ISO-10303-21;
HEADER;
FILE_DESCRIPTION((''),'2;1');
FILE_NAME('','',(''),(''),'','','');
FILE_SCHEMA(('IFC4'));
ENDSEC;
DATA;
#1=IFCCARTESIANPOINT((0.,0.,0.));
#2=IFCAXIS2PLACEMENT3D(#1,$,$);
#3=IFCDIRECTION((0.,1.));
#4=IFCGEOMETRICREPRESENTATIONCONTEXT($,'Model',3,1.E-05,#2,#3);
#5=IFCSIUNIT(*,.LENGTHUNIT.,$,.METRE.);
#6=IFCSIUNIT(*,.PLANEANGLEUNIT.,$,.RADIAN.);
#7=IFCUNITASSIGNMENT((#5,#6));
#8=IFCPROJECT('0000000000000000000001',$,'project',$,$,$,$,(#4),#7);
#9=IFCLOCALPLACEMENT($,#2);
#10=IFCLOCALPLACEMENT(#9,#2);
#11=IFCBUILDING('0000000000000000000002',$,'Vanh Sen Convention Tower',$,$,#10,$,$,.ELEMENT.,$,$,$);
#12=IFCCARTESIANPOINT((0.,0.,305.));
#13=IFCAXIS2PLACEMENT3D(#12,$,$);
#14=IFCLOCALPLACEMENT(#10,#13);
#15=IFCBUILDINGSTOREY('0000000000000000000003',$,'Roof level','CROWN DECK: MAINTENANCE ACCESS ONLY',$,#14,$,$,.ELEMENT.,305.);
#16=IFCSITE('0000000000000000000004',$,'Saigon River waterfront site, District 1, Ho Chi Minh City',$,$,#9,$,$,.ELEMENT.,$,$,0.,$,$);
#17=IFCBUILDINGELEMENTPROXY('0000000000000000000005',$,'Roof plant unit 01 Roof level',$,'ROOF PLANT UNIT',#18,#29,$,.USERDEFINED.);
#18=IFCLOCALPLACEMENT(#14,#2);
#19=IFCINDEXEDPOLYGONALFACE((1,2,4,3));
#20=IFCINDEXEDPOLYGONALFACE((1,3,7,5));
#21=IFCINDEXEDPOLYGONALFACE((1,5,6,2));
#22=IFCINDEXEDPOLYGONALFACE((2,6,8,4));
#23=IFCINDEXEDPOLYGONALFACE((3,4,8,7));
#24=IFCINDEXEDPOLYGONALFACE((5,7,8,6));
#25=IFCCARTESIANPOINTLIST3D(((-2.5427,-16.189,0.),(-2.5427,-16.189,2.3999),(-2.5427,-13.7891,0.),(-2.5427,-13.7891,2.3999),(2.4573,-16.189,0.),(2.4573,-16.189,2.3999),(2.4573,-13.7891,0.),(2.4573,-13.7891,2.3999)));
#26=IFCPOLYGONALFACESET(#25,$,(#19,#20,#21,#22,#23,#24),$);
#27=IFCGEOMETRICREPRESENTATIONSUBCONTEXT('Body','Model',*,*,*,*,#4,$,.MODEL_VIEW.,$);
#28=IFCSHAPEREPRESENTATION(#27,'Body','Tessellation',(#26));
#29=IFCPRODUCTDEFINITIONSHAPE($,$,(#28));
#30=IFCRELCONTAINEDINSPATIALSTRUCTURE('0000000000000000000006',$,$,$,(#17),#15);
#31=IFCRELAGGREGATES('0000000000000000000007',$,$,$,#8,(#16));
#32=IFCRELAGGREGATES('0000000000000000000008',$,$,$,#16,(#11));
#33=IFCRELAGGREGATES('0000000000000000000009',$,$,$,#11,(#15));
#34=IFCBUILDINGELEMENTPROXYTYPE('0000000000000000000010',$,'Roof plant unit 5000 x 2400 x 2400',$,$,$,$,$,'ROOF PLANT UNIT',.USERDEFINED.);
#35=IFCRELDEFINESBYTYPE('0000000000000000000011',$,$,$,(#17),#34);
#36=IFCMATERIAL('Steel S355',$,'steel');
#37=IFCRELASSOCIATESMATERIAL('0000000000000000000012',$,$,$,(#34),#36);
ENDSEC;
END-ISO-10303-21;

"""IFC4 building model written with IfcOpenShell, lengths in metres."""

from ifc_helpers import new_model, si_unit, direction, frame, origin, origin_2d, place, context, subcontext, project, spatial, rectangle, extrude, material, type_object, element, save


model = new_model("IFC4")

# Units and contexts
model_context = context("Model", 3, precision=1e-05, world=origin(), true_north=direction((0.0, 1.0)))
body_context = subcontext(model_context, "Body", "Model", "MODEL_VIEW")
ifc_project = project(units=[si_unit("LENGTHUNIT", "METRE"), si_unit("PLANEANGLEUNIT", "RADIAN")], contexts=[model_context])

# Site, building, storey
site_placement = place(None, origin())
site = spatial("IfcSite", under=ifc_project, at=site_placement, Name="Saigon River waterfront site, District 1, Ho Chi Minh City", CompositionType="ELEMENT", RefElevation=0.0)
building_placement = place(site_placement, origin())
building = spatial("IfcBuilding", under=site, at=building_placement, Name="Vanh Sen Convention Tower", CompositionType="ELEMENT")
storey_placement = place(building_placement, frame((0.0, 0.0, 305.0)))
storey = spatial("IfcBuildingStorey", under=building, at=storey_placement, Name="Roof level", Description="CROWN DECK: MAINTENANCE ACCESS ONLY", CompositionType="ELEMENT", Elevation=305.0)

# Building element proxy
ifc_material_1 = material(Name="Steel S355", Category="steel")
building_element_proxy_type = type_object("IfcBuildingElementProxyType", Name="Roof plant unit 5000 x 2400 x 2400", ElementType="ROOF PLANT UNIT", PredefinedType="USERDEFINED", material=ifc_material_1)
proxy_placement = place(storey_placement, frame((-0.0427, -14.989, 0.0), z_axis=(0.0, 0.0, 1.0), x_axis=(1.0, 0.0, 0.0)))
element("IfcBuildingElementProxy", 1, at=proxy_placement, inside=storey, type_object=building_element_proxy_type, Name="Roof plant unit 01 Roof level", ObjectType="ROOF PLANT UNIT", PredefinedType="USERDEFINED", context=body_context, shape_type="SweptSolid", body=[
    extrude(rectangle(XDim=5.0, YDim=2.3999, at=origin_2d()), origin(), (0.0, 0.0, 1.0), 2.3999),
])

save(model, "model.ifc")
